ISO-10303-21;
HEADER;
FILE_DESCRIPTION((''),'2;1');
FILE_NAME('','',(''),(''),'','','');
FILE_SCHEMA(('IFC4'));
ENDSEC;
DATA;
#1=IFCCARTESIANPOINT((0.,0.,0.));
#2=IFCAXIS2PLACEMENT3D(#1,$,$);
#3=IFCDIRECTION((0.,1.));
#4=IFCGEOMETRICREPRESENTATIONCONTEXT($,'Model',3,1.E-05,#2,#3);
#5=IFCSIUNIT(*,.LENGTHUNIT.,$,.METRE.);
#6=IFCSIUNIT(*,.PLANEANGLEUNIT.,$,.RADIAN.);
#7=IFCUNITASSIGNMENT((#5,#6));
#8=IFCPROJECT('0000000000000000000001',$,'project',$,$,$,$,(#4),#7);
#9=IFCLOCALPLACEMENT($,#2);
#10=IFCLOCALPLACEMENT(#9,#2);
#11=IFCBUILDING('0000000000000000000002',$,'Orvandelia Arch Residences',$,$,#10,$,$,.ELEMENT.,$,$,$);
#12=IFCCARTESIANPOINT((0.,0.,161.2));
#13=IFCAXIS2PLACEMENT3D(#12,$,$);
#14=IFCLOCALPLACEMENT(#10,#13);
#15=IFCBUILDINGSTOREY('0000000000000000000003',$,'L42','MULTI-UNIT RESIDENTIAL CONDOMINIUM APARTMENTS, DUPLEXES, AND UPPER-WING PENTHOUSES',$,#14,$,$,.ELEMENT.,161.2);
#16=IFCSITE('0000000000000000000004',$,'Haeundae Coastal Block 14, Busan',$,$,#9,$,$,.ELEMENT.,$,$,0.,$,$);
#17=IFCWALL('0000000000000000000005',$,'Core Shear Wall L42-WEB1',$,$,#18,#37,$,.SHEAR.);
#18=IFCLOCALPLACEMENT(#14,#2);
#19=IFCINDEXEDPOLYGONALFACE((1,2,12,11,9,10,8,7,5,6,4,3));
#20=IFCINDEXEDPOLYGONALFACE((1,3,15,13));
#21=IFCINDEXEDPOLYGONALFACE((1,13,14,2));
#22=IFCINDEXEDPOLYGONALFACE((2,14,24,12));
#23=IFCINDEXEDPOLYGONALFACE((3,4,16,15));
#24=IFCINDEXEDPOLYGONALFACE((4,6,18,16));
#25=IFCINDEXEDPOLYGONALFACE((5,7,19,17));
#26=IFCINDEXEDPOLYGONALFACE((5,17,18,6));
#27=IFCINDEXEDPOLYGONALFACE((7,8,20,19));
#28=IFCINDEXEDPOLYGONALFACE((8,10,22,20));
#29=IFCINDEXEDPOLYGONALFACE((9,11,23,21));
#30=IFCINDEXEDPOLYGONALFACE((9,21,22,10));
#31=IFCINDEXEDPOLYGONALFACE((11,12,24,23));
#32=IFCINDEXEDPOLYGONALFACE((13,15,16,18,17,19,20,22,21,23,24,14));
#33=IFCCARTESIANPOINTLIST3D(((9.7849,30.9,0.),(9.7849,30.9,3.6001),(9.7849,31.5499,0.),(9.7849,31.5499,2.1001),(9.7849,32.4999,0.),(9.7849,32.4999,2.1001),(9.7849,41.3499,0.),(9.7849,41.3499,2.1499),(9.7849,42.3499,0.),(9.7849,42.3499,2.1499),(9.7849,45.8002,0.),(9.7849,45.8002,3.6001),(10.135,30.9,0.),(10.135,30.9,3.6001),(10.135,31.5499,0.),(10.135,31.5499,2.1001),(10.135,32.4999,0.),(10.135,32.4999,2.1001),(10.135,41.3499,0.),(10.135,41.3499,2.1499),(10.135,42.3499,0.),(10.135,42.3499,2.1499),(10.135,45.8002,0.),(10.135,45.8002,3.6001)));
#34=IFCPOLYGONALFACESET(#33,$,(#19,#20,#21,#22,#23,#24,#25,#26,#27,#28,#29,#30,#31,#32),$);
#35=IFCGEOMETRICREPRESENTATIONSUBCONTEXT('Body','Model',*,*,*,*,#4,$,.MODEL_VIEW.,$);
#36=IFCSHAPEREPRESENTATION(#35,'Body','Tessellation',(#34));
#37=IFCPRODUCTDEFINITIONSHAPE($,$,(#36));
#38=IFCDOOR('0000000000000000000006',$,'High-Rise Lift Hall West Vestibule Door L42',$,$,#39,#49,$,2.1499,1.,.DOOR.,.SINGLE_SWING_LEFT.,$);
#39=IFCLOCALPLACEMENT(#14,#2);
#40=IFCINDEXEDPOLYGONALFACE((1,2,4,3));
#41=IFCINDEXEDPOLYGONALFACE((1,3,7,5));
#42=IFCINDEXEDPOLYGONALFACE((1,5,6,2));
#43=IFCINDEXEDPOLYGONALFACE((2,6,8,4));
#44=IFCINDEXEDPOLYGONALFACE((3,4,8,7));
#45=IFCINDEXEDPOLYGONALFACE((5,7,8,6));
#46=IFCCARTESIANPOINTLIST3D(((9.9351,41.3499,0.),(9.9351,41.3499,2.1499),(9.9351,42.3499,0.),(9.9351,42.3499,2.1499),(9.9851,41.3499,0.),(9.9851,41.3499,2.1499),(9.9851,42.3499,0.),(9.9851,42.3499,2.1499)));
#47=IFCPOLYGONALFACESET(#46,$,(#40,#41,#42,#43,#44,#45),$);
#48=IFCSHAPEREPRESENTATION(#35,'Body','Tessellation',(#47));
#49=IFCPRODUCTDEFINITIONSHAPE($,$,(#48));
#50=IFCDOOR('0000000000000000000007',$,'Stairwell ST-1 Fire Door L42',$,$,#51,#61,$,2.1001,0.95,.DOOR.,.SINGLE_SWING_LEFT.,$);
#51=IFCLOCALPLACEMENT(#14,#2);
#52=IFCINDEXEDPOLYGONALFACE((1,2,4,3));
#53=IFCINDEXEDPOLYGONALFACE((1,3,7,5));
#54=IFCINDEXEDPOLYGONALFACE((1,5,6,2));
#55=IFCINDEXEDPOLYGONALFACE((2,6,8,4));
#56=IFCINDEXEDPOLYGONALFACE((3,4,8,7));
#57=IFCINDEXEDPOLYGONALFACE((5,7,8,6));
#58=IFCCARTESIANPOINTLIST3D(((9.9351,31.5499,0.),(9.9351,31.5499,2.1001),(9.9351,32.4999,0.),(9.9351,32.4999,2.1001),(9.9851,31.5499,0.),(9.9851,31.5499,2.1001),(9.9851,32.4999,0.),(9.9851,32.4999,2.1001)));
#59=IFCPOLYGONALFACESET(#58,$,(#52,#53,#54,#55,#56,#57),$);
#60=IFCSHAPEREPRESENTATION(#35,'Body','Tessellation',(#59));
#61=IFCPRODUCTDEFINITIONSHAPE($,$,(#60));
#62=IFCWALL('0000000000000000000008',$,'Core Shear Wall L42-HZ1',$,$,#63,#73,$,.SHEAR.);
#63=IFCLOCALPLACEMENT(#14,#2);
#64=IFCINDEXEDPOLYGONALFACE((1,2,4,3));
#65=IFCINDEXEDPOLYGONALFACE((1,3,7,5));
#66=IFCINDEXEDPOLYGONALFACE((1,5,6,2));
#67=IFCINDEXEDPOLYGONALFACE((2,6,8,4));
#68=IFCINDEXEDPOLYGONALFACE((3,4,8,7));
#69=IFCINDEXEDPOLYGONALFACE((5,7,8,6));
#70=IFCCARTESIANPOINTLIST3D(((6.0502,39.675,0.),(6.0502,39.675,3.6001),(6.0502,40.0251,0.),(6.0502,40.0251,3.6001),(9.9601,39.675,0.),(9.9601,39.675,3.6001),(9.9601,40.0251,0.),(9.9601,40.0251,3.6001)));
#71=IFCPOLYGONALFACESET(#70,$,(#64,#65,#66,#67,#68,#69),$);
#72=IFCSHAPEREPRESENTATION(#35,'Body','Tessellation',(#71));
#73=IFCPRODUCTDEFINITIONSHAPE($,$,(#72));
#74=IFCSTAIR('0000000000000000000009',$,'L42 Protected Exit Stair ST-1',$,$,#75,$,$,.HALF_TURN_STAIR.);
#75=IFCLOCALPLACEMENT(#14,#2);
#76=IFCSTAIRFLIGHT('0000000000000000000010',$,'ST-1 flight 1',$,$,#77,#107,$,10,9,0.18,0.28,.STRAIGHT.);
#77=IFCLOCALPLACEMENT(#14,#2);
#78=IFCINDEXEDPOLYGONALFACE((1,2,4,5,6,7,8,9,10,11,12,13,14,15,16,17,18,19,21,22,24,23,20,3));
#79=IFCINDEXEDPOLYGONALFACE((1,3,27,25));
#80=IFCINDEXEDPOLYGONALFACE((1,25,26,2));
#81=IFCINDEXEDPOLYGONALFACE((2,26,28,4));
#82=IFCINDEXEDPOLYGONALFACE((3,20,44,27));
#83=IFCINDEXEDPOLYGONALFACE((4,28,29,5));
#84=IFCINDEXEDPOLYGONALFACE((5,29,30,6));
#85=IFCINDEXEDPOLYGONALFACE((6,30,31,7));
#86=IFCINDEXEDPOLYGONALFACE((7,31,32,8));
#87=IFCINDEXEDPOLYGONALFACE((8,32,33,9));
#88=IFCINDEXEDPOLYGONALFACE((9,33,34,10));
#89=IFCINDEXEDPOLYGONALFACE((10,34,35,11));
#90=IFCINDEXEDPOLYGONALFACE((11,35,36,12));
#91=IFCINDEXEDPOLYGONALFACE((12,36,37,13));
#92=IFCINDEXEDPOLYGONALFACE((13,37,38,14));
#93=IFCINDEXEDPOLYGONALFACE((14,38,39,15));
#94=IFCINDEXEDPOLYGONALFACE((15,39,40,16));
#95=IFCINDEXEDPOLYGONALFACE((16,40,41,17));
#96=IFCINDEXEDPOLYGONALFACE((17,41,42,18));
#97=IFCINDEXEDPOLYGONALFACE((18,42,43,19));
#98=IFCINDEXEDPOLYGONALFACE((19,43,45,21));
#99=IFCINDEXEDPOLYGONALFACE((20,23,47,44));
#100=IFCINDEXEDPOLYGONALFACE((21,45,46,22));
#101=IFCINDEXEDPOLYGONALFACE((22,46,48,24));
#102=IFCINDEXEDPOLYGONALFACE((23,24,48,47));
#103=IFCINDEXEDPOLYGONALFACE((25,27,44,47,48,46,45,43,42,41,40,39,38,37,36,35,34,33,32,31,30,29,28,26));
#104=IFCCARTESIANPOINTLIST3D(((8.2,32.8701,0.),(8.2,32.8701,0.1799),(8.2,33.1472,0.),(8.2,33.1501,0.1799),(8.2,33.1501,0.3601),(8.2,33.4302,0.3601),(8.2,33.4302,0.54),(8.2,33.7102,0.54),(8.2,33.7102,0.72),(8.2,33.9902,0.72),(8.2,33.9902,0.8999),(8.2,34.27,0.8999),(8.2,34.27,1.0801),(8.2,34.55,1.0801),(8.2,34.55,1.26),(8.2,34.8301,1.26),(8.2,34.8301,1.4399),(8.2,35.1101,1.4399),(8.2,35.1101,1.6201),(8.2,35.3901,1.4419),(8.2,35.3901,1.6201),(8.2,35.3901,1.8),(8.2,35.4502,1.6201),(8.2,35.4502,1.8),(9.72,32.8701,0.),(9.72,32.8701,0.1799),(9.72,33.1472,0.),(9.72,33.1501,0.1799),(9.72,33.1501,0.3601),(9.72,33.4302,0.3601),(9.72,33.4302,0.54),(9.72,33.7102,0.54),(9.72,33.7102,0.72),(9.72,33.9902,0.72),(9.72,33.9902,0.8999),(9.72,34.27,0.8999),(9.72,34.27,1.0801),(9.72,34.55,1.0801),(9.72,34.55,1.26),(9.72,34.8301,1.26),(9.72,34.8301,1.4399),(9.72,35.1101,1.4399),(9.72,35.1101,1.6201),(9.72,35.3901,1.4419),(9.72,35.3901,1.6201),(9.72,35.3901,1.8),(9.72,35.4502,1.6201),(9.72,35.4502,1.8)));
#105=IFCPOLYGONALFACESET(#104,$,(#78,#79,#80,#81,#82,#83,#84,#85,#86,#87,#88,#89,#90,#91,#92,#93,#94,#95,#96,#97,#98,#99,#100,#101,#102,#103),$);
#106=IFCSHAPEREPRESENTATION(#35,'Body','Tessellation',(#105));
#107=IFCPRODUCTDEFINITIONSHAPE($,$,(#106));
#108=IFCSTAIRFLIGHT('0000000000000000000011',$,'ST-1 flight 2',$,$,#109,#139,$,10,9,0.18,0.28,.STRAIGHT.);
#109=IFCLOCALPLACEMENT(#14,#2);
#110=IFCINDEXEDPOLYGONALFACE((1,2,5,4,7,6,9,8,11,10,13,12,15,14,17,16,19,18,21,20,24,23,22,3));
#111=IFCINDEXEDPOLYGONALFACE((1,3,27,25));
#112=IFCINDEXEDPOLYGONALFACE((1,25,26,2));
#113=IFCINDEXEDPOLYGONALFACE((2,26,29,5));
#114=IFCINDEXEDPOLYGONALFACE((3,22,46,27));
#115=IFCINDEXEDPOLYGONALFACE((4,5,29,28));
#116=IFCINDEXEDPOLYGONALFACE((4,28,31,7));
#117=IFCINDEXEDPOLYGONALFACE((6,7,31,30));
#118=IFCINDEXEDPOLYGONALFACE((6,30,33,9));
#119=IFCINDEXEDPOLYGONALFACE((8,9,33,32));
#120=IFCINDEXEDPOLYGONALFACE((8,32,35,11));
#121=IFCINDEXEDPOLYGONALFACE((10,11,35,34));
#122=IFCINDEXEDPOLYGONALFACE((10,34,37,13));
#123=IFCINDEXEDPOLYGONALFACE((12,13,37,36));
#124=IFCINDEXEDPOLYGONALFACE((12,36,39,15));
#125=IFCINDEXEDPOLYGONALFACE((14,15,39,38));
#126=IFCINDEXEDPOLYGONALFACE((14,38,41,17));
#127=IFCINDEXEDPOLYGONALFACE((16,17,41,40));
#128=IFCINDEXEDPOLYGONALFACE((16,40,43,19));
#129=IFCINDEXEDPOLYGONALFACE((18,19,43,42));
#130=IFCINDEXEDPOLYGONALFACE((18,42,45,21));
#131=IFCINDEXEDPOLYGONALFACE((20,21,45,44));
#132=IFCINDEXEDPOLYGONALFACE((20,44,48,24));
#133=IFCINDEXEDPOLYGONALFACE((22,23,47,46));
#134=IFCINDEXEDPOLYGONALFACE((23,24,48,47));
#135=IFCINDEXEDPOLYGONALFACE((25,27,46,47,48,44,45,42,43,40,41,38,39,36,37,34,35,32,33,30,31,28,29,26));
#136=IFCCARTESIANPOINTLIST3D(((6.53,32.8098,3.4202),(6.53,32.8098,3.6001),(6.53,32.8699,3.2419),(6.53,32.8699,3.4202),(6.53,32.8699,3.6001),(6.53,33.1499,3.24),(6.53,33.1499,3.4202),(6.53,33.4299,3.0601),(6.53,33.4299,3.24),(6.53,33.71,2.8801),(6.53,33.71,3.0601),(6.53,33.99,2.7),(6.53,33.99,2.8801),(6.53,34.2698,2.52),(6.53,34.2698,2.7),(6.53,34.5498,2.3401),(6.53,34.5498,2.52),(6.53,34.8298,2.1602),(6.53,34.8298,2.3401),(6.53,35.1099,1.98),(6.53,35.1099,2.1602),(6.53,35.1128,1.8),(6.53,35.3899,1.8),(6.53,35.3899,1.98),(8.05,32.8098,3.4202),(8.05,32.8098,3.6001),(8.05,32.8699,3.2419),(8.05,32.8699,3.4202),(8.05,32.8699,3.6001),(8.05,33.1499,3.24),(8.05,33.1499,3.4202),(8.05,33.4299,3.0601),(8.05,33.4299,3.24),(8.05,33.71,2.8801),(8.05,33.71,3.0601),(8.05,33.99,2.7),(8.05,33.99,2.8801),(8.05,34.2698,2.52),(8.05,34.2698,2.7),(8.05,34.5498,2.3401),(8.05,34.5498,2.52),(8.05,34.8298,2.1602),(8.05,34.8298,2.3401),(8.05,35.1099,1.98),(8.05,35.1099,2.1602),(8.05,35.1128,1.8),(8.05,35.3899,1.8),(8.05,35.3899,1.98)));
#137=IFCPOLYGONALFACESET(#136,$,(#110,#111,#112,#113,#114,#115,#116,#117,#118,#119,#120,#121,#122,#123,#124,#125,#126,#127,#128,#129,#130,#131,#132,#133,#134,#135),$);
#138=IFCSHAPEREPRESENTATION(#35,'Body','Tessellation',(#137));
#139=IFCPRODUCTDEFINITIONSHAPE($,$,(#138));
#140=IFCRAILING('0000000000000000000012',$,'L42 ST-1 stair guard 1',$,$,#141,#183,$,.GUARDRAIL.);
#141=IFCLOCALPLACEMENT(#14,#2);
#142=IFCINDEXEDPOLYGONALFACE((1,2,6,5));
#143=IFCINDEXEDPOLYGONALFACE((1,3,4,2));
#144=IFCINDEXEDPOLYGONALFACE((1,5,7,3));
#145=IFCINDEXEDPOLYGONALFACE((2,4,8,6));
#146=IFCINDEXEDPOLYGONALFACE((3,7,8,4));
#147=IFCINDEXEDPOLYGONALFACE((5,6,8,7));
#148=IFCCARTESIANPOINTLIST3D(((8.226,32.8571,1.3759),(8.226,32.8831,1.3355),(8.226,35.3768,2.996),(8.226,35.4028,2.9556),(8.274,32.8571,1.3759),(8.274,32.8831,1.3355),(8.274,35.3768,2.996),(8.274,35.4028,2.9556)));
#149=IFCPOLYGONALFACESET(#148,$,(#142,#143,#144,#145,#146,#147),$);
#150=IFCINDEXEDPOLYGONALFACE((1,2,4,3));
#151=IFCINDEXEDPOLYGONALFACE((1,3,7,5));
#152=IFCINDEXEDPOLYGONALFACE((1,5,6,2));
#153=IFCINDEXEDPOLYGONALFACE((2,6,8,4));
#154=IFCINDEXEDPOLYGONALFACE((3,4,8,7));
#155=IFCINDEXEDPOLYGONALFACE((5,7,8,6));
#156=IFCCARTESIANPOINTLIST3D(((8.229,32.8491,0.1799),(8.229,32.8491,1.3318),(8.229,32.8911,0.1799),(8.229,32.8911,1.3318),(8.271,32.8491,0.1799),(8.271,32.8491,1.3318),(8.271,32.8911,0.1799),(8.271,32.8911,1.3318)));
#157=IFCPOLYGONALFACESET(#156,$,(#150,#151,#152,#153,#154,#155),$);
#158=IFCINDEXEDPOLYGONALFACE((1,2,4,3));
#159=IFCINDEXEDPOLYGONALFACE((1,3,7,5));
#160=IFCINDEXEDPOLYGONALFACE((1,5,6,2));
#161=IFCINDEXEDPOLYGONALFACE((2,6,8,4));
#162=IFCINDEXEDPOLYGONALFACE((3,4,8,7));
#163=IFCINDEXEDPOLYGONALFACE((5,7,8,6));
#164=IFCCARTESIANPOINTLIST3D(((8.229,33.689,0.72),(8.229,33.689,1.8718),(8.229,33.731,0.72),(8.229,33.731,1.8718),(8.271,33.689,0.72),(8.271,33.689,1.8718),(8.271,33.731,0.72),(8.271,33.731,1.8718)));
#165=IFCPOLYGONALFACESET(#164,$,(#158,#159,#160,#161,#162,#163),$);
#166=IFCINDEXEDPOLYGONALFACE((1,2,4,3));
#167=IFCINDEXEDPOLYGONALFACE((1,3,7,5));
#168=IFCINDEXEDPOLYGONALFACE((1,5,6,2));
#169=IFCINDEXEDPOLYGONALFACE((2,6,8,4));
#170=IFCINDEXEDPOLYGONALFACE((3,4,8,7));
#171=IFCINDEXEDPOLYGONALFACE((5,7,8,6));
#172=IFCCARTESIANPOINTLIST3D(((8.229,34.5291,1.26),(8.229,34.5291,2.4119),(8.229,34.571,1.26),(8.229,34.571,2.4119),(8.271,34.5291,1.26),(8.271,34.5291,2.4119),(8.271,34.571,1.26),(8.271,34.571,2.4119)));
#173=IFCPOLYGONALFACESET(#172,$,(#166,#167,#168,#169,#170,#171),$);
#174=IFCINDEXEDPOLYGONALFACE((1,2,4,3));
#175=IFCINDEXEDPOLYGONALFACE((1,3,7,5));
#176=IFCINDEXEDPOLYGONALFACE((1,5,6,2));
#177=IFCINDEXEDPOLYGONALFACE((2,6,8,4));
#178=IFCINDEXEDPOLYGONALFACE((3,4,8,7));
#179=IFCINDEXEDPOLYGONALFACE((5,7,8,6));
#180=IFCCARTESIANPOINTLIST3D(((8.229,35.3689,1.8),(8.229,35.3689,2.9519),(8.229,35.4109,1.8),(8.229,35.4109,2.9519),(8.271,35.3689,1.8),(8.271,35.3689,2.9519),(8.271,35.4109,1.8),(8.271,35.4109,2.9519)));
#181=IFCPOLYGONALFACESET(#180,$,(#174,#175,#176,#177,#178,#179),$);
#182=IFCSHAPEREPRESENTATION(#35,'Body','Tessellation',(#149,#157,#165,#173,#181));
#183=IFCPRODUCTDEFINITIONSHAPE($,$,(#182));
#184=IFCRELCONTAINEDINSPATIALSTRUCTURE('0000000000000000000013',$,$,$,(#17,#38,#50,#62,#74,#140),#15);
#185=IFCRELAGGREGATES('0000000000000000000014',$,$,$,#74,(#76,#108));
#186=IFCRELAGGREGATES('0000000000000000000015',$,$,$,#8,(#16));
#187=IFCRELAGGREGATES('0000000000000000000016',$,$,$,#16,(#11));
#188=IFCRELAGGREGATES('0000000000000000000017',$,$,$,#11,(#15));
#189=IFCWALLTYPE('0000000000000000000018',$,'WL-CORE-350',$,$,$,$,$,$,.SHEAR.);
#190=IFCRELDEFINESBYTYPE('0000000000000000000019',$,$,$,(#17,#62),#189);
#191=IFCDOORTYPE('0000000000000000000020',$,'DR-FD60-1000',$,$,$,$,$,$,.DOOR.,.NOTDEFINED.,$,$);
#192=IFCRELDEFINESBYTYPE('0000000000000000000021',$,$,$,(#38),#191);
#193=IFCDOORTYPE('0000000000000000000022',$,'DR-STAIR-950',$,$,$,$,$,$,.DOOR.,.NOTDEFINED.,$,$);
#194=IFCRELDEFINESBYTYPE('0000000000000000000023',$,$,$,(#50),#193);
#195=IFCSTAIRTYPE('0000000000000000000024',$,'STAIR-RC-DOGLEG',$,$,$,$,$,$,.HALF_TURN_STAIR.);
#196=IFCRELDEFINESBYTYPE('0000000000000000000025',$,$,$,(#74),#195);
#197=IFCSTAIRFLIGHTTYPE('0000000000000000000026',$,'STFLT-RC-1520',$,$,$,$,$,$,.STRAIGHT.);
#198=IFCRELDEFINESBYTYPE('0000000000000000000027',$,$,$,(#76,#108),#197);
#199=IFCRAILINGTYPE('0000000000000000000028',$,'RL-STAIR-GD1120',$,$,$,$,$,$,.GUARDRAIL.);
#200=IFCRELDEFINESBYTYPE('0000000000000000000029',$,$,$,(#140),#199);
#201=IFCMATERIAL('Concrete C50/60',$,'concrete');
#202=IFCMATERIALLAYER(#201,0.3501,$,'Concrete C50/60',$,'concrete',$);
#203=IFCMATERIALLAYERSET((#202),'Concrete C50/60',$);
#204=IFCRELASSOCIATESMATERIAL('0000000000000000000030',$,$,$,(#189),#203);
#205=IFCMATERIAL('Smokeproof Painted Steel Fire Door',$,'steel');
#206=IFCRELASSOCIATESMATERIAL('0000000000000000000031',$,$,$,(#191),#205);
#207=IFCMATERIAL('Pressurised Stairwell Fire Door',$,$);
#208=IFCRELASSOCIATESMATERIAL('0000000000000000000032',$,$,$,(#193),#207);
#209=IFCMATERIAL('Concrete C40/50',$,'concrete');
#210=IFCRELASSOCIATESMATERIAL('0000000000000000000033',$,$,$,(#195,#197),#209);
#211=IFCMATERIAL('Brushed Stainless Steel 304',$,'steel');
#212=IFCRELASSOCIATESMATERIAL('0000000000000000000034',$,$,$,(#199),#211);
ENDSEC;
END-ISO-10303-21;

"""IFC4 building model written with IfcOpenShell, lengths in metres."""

from ifc_helpers import new_model, si_unit, direction, frame, frame_2d, origin, origin_2d, place, context, subcontext, project, spatial, polyline, rectangle, outline, extrude, material, layer, layer_set, type_object, element, fill, aggregate, save


model = new_model("IFC4")

# Units and contexts
model_context = context("Model", 3, precision=1e-05, world=origin(), true_north=direction((0.0, 1.0)))
body_context = subcontext(model_context, "Body", "Model", "MODEL_VIEW")
ifc_project = project(units=[si_unit("LENGTHUNIT", "METRE"), si_unit("PLANEANGLEUNIT", "RADIAN")], contexts=[model_context])

# Site, building, storey
site_placement = place(None, origin())
site = spatial("IfcSite", under=ifc_project, at=site_placement, Name="Haeundae Coastal Block 14, Busan", CompositionType="ELEMENT", RefElevation=0.0)
building_placement = place(site_placement, origin())
building = spatial("IfcBuilding", under=site, at=building_placement, Name="Orvandelia Arch Residences", CompositionType="ELEMENT")
storey_placement = place(building_placement, frame((0.0, 0.0, 161.2)))
storey = spatial("IfcBuildingStorey", under=building, at=storey_placement, Name="L42", Description="MULTI-UNIT RESIDENTIAL CONDOMINIUM APARTMENTS, DUPLEXES, AND UPPER-WING PENTHOUSES", CompositionType="ELEMENT", Elevation=161.2)

# Wall, openings, doors
ifc_material_1 = material(Name="Concrete C50/60", Category="concrete")
ifc_layer_1 = layer(ifc_material_1, 0.3501, Name="Concrete C50/60", Category="concrete")
ifc_layer_set_1 = layer_set([ifc_layer_1], Name="Concrete C50/60")
wall_type_1 = type_object("IfcWallType", Name="WL-CORE-350", PredefinedType="SHEAR", material=ifc_layer_set_1)
wall_1_placement = place(storey_placement, frame((9.96, 30.8999, 0.0), z_axis=(0.0, 0.0, 1.0), x_axis=(0.0, 1.0, 0.0)))
wall_1 = element("IfcWall", 1, at=wall_1_placement, inside=storey, type_object=wall_type_1, Name="Core Shear Wall L42-WEB1", PredefinedType="SHEAR", context=body_context, shape_type="SweptSolid", body=[
    extrude(rectangle(XDim=14.9001, YDim=0.3501, at=frame_2d((7.4502, 0.0))), origin(), (0.0, 0.0, 1.0), 3.6001),
])
opening_1_placement = place(wall_1_placement, frame((0.6499, 0.0, 0.0)))
opening_1 = element("IfcOpeningElement", 2, at=opening_1_placement, cuts=wall_1, PredefinedType="OPENING", context=body_context, shape_type="SweptSolid", body=[
    extrude(rectangle(XDim=0.95, YDim=2.1001, at=frame_2d((0.4751, 1.05))), frame((0.0, 0.1851, 0.0), z_axis=(0.0, -1.0, 0.0), x_axis=(1.0, 0.0, 0.0)), (0.0, 0.0, 1.0), 0.3701),
])
opening_2_placement = place(wall_1_placement, frame((10.45, 0.0, 0.0)))
opening_2 = element("IfcOpeningElement", 3, at=opening_2_placement, cuts=wall_1, PredefinedType="OPENING", context=body_context, shape_type="SweptSolid", body=[
    extrude(rectangle(XDim=1.0, YDim=2.1499, at=frame_2d((0.5, 1.075))), frame((0.0, 0.1851, 0.0), z_axis=(0.0, -1.0, 0.0), x_axis=(1.0, 0.0, 0.0)), (0.0, 0.0, 1.0), 0.3701),
])
ifc_material_2 = material(Name="Smokeproof Painted Steel Fire Door", Category="steel")
door_type_1 = type_object("IfcDoorType", Name="DR-FD60-1000", OperationType="NOTDEFINED", PredefinedType="DOOR", material=ifc_material_2)
door_1_placement = place(opening_2_placement, origin())
door_1 = element("IfcDoor", 4, at=door_1_placement, inside=storey, type_object=door_type_1, Name="High-Rise Lift Hall West Vestibule Door L42", OperationType="SINGLE_SWING_LEFT", OverallHeight=2.1499, OverallWidth=1.0, PredefinedType="DOOR", context=body_context, shape_type="SweptSolid", body=[
    extrude(rectangle(XDim=1.0, YDim=2.1499, at=frame_2d((0.5, 1.075))), frame((0.0, 0.0249, 0.0), z_axis=(0.0, -1.0, 0.0), x_axis=(1.0, 0.0, 0.0)), (0.0, 0.0, 1.0), 0.05),
])
fill(opening_2, door_1)
ifc_material_3 = material(Name="Pressurised Stairwell Fire Door")
door_type_2 = type_object("IfcDoorType", Name="DR-STAIR-950", OperationType="NOTDEFINED", PredefinedType="DOOR", material=ifc_material_3)
door_2_placement = place(opening_1_placement, origin())
door_2 = element("IfcDoor", 5, at=door_2_placement, inside=storey, type_object=door_type_2, Name="Stairwell ST-1 Fire Door L42", OperationType="SINGLE_SWING_LEFT", OverallHeight=2.1001, OverallWidth=0.95, PredefinedType="DOOR", context=body_context, shape_type="SweptSolid", body=[
    extrude(rectangle(XDim=0.95, YDim=2.1001, at=frame_2d((0.4751, 1.05))), frame((0.0, 0.0249, 0.0), z_axis=(0.0, -1.0, 0.0), x_axis=(1.0, 0.0, 0.0)), (0.0, 0.0, 1.0), 0.05),
])
fill(opening_1, door_2)

# Wall
wall_2_placement = place(storey_placement, frame((6.05, 39.8501, 0.0), z_axis=(0.0, 0.0, 1.0), x_axis=(1.0, 0.0, 0.0)))
element("IfcWall", 6, at=wall_2_placement, inside=storey, type_object=wall_type_1, Name="Core Shear Wall L42-HZ1", PredefinedType="SHEAR", context=body_context, shape_type="SweptSolid", body=[
    extrude(rectangle(XDim=3.9099, YDim=0.3501, at=frame_2d((1.9551, 0.0))), origin(), (0.0, 0.0, 1.0), 3.6001),
])

# Stair, stair flights
ifc_material_4 = material(Name="Concrete C40/50", Category="concrete")
stair_type = type_object("IfcStairType", Name="STAIR-RC-DOGLEG", PredefinedType="HALF_TURN_STAIR", material=ifc_material_4)
stair_placement = place(storey_placement, origin())
stair = element("IfcStair", 7, at=stair_placement, inside=storey, type_object=stair_type, Name="L42 Protected Exit Stair ST-1", PredefinedType="HALF_TURN_STAIR")
stair_flight_type = type_object("IfcStairFlightType", Name="STFLT-RC-1520", PredefinedType="STRAIGHT", material=ifc_material_4)
stair_flight_1_placement = place(storey_placement, frame((8.96, 32.8701, 0.0), z_axis=(0.0, 0.0, 1.0), x_axis=(0.0, 1.0, 0.0)))
stair_flight_1 = element("IfcStairFlight", 8, at=stair_flight_1_placement, type_object=stair_flight_type, Name="ST-1 flight 1", NumberOfRisers=10, NumberOfTreads=9, PredefinedType="STRAIGHT", RiserHeight=0.18, TreadLength=0.28, context=body_context, shape_type="SweptSolid", body=[
    extrude(outline(polyline([(0.0, 0.0), (0.0, 0.1799), (0.28, 0.1799), (0.28, 0.3601), (0.5601, 0.3601), (0.5601, 0.54), (0.8401, 0.54), (0.8401, 0.72), (1.1201, 0.72), (1.1201, 0.8999), (1.3999, 0.8999), (1.3999, 1.0801), (1.6799, 1.0801), (1.6799, 1.26), (1.96, 1.26), (1.96, 1.4399), (2.24, 1.4399), (2.24, 1.6201), (2.52, 1.6201), (2.52, 1.8), (2.5801, 1.8), (2.5801, 1.6201), (2.52, 1.4419), (0.2771, 0.0), (0.0, 0.0)])), frame((0.0, 0.76, 0.0), z_axis=(0.0, -1.0, 0.0), x_axis=(1.0, 0.0, 0.0)), (0.0, 0.0, 1.0), 1.52),
])
stair_flight_2_placement = place(storey_placement, frame((7.29, 35.3899, 1.8), z_axis=(0.0, 0.0, 1.0), x_axis=(0.0, -1.0, 0.0)))
stair_flight_2 = element("IfcStairFlight", 9, at=stair_flight_2_placement, type_object=stair_flight_type, Name="ST-1 flight 2", NumberOfRisers=10, NumberOfTreads=9, PredefinedType="STRAIGHT", RiserHeight=0.18, TreadLength=0.28, context=body_context, shape_type="SweptSolid", body=[
    extrude(outline(polyline([(0.0, 0.0), (0.0, 0.1799), (0.28, 0.1799), (0.28, 0.3601), (0.5601, 0.3601), (0.5601, 0.54), (0.8401, 0.54), (0.8401, 0.72), (1.1201, 0.72), (1.1201, 0.8999), (1.3999, 0.8999), (1.3999, 1.0801), (1.6799, 1.0801), (1.6799, 1.26), (1.96, 1.26), (1.96, 1.4399), (2.24, 1.4399), (2.24, 1.6201), (2.52, 1.6201), (2.52, 1.8), (2.5801, 1.8), (2.5801, 1.6201), (2.52, 1.4419), (0.2771, 0.0), (0.0, 0.0)])), frame((0.0, 0.76, 0.0), z_axis=(0.0, -1.0, 0.0), x_axis=(1.0, 0.0, 0.0)), (0.0, 0.0, 1.0), 1.52),
])
aggregate(stair, [stair_flight_1, stair_flight_2])

# Railing
ifc_material_5 = material(Name="Brushed Stainless Steel 304", Category="steel")
railing_type_1 = type_object("IfcRailingType", Name="RL-STAIR-GD1120", PredefinedType="GUARDRAIL", material=ifc_material_5)
railing_1_placement = place(storey_placement, frame((8.25, 32.8701, 0.1799)))
element("IfcRailing", 10, at=railing_1_placement, inside=storey, type_object=railing_type_1, Name="L42 ST-1 stair guard 1", PredefinedType="GUARDRAIL", context=body_context, shape_type="SweptSolid", body=[
    extrude(rectangle(XDim=0.0481, YDim=0.0481, at=origin_2d()), frame((0.0, 0.0, 1.1758), z_axis=(0.0, 0.841139, 0.540819), x_axis=(-1.0, 0.0, 0.0)), (0.0, 0.0, 1.0), 2.9956),
    extrude(rectangle(XDim=0.042, YDim=0.042, at=origin_2d()), origin(), (0.0, 0.0, 1.0), 1.1519),
    extrude(rectangle(XDim=0.042, YDim=0.042, at=origin_2d()), frame((0.0, 0.8398, 0.54)), (0.0, 0.0, 1.0), 1.1519),
    extrude(rectangle(XDim=0.042, YDim=0.042, at=origin_2d()), frame((0.0, 1.6799, 1.0801)), (0.0, 0.0, 1.0), 1.1519),
    extrude(rectangle(XDim=0.042, YDim=0.042, at=origin_2d()), frame((0.0, 2.5198, 1.6201)), (0.0, 0.0, 1.0), 1.1519),
])

save(model, "model.ifc")
